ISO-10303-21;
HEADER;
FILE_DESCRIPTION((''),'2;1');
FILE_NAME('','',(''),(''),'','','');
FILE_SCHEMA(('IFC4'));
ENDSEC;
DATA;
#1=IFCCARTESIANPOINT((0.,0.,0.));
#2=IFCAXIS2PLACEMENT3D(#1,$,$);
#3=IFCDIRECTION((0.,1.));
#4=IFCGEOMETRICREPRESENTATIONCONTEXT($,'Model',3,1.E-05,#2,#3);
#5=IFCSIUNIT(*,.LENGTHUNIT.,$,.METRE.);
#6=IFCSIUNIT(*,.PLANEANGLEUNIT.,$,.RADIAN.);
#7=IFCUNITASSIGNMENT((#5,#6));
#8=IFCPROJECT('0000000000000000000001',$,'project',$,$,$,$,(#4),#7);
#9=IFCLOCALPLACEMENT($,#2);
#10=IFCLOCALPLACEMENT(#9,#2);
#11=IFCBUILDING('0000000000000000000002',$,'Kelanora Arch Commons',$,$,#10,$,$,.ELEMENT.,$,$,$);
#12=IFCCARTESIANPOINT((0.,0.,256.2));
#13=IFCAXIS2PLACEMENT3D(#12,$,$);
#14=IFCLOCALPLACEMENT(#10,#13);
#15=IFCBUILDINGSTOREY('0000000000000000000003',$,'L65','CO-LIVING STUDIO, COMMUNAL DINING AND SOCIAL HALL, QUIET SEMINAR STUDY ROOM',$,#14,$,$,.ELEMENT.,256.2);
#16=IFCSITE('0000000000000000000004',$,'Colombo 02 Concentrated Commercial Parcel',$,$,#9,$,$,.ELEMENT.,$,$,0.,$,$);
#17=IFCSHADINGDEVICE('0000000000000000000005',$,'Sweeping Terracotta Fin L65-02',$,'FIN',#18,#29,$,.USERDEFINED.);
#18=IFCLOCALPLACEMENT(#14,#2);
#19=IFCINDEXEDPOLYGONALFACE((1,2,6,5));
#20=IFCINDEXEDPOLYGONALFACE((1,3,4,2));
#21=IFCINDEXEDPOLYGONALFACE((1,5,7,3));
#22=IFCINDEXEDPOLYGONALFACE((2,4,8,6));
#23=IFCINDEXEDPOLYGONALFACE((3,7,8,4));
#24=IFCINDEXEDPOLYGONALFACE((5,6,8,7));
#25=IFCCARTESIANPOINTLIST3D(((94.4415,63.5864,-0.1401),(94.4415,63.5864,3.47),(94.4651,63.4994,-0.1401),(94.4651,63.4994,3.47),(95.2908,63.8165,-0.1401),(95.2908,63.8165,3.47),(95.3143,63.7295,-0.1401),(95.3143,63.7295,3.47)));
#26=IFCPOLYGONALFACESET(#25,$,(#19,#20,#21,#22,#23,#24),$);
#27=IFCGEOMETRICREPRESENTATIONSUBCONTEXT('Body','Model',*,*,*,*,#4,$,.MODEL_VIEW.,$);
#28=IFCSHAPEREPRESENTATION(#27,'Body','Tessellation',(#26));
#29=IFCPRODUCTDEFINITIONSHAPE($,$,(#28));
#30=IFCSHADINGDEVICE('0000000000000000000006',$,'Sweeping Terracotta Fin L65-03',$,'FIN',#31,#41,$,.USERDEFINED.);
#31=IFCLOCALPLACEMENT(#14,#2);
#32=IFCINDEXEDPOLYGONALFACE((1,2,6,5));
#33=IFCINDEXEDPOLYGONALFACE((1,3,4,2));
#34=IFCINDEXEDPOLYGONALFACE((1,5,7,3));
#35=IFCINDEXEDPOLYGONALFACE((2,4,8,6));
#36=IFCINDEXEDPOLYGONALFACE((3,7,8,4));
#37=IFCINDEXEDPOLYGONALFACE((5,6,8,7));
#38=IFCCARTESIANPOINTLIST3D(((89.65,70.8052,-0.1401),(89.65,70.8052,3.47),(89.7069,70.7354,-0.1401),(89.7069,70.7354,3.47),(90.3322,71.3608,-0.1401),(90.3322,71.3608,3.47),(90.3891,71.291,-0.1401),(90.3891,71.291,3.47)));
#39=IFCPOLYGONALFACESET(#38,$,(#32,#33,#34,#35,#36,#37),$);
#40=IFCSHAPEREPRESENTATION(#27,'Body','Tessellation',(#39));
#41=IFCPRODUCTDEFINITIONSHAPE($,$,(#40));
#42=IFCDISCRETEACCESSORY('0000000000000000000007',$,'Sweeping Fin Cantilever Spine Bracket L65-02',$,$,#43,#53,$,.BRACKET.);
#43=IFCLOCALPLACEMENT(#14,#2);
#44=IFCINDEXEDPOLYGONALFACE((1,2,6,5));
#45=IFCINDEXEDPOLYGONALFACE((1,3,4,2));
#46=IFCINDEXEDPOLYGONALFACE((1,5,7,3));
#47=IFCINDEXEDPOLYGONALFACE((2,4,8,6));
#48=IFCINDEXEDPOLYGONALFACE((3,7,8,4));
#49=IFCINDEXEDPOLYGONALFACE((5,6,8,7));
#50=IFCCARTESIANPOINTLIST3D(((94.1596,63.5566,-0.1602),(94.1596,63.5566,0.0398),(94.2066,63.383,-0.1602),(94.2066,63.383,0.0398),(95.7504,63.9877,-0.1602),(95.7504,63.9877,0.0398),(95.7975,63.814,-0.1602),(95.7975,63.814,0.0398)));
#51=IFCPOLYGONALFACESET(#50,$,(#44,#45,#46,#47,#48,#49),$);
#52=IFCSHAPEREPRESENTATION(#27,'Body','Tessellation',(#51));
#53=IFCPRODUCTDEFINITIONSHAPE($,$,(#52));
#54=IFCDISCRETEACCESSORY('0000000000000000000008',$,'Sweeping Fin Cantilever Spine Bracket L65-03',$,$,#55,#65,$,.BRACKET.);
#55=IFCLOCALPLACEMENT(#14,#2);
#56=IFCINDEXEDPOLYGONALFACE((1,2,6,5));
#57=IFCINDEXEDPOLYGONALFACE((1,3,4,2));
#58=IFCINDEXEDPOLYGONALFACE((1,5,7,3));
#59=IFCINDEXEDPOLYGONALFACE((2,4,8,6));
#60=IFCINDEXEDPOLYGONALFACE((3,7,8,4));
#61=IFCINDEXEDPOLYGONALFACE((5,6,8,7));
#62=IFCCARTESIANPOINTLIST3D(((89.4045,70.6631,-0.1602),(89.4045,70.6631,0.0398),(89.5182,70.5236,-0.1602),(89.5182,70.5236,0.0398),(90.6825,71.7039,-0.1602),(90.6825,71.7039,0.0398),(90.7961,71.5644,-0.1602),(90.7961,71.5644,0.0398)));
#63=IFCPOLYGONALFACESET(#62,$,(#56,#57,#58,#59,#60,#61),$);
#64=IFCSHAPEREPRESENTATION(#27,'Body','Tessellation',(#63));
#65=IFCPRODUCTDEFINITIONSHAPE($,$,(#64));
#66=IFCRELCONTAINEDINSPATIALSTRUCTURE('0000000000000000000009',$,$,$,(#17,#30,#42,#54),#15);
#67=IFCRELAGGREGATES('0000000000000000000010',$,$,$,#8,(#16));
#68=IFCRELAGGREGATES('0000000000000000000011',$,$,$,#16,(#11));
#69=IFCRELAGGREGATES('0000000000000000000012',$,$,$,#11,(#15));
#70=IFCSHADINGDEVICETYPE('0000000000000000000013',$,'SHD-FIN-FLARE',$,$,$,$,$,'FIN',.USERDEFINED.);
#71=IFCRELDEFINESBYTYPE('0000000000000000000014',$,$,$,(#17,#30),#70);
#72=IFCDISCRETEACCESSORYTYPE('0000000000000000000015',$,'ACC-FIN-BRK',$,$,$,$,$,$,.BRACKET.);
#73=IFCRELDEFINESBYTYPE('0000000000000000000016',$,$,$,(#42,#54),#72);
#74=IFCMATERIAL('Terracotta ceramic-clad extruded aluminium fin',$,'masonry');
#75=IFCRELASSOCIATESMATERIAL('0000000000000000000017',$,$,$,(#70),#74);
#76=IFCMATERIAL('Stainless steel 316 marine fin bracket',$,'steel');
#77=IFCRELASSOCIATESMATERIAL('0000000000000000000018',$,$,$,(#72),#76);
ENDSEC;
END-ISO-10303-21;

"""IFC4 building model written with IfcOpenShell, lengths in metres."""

from ifc_helpers import new_model, si_unit, direction, frame, origin, origin_2d, place, context, subcontext, project, spatial, rectangle, extrude, source, transform, mapped, material, type_object, element, save


model = new_model("IFC4")

# Units and contexts
model_context = context("Model", 3, precision=1e-05, world=origin(), true_north=direction((0.0, 1.0)))
body_context = subcontext(model_context, "Body", "Model", "MODEL_VIEW")
ifc_project = project(units=[si_unit("LENGTHUNIT", "METRE"), si_unit("PLANEANGLEUNIT", "RADIAN")], contexts=[model_context])

# Site, building, storey
site_placement = place(None, origin())
site = spatial("IfcSite", under=ifc_project, at=site_placement, Name="Colombo 02 Concentrated Commercial Parcel", CompositionType="ELEMENT", RefElevation=0.0)
building_placement = place(site_placement, origin())
building = spatial("IfcBuilding", under=site, at=building_placement, Name="Kelanora Arch Commons", CompositionType="ELEMENT")
storey_placement = place(building_placement, frame((0.0, 0.0, 256.2)))
storey = spatial("IfcBuildingStorey", under=building, at=storey_placement, Name="L65", Description="CO-LIVING STUDIO, COMMUNAL DINING AND SOCIAL HALL, QUIET SEMINAR STUDY ROOM", CompositionType="ELEMENT", Elevation=256.2)

# Shading devices
ifc_material_1 = material(Name="Terracotta ceramic-clad extruded aluminium fin", Category="masonry")
shading_device_type = type_object("IfcShadingDeviceType", Name="SHD-FIN-FLARE", ElementType="FIN", PredefinedType="USERDEFINED", material=ifc_material_1)
shared_shape_1 = source(origin(), body_context, "Body", "SweptSolid", [
    extrude(rectangle(XDim=0.8799, YDim=0.0901, at=origin_2d()), origin(), (0.0, 0.0, 1.0), 3.6101),
])
for number, where, z_axis, x_axis, name in (
    (1, (94.8779, 63.658, -0.1401), (0.0, 0.0, 1.0), (0.965199, 0.261515, 0.0), "Sweeping Terracotta Fin L65-02"),
    (2, (90.0195, 71.0481, -0.1401), (0.0, 0.0, 1.0), (0.775386, 0.631488, 0.0), "Sweeping Terracotta Fin L65-03"),
):
    element("IfcShadingDevice", number, at=place(storey_placement, frame(where, z_axis=z_axis, x_axis=x_axis)), inside=storey, type_object=shading_device_type, Name=name, ObjectType="FIN", PredefinedType="USERDEFINED", context=body_context, shape_type="MappedRepresentation", body=[
        mapped(shared_shape_1, transform((0.0, 0.0, 0.0), scale=1.0)),
    ])

# Discrete accessories
ifc_material_2 = material(Name="Stainless steel 316 marine fin bracket", Category="steel")
discrete_accessory_type = type_object("IfcDiscreteAccessoryType", Name="ACC-FIN-BRK", PredefinedType="BRACKET", material=ifc_material_2)
shared_shape_2 = source(origin(), body_context, "Body", "SweptSolid", [
    extrude(rectangle(XDim=1.6482, YDim=0.1799, at=origin_2d()), origin(), (0.0, 0.0, 1.0), 0.2),
])
for number, where, z_axis, x_axis, name in (
    (3, (94.9785, 63.6853, -0.1602), (0.0, 0.0, 1.0), (0.965199, 0.261515, 0.0), "Sweeping Fin Cantilever Spine Bracket L65-02"),
    (4, (90.1003, 71.1138, -0.1602), (0.0, 0.0, 1.0), (0.775386, 0.631488, 0.0), "Sweeping Fin Cantilever Spine Bracket L65-03"),
):
    element("IfcDiscreteAccessory", number, at=place(storey_placement, frame(where, z_axis=z_axis, x_axis=x_axis)), inside=storey, type_object=discrete_accessory_type, Name=name, PredefinedType="BRACKET", context=body_context, shape_type="MappedRepresentation", body=[
        mapped(shared_shape_2, transform((0.0, 0.0, 0.0), scale=1.0)),
    ])

save(model, "model.ifc")
